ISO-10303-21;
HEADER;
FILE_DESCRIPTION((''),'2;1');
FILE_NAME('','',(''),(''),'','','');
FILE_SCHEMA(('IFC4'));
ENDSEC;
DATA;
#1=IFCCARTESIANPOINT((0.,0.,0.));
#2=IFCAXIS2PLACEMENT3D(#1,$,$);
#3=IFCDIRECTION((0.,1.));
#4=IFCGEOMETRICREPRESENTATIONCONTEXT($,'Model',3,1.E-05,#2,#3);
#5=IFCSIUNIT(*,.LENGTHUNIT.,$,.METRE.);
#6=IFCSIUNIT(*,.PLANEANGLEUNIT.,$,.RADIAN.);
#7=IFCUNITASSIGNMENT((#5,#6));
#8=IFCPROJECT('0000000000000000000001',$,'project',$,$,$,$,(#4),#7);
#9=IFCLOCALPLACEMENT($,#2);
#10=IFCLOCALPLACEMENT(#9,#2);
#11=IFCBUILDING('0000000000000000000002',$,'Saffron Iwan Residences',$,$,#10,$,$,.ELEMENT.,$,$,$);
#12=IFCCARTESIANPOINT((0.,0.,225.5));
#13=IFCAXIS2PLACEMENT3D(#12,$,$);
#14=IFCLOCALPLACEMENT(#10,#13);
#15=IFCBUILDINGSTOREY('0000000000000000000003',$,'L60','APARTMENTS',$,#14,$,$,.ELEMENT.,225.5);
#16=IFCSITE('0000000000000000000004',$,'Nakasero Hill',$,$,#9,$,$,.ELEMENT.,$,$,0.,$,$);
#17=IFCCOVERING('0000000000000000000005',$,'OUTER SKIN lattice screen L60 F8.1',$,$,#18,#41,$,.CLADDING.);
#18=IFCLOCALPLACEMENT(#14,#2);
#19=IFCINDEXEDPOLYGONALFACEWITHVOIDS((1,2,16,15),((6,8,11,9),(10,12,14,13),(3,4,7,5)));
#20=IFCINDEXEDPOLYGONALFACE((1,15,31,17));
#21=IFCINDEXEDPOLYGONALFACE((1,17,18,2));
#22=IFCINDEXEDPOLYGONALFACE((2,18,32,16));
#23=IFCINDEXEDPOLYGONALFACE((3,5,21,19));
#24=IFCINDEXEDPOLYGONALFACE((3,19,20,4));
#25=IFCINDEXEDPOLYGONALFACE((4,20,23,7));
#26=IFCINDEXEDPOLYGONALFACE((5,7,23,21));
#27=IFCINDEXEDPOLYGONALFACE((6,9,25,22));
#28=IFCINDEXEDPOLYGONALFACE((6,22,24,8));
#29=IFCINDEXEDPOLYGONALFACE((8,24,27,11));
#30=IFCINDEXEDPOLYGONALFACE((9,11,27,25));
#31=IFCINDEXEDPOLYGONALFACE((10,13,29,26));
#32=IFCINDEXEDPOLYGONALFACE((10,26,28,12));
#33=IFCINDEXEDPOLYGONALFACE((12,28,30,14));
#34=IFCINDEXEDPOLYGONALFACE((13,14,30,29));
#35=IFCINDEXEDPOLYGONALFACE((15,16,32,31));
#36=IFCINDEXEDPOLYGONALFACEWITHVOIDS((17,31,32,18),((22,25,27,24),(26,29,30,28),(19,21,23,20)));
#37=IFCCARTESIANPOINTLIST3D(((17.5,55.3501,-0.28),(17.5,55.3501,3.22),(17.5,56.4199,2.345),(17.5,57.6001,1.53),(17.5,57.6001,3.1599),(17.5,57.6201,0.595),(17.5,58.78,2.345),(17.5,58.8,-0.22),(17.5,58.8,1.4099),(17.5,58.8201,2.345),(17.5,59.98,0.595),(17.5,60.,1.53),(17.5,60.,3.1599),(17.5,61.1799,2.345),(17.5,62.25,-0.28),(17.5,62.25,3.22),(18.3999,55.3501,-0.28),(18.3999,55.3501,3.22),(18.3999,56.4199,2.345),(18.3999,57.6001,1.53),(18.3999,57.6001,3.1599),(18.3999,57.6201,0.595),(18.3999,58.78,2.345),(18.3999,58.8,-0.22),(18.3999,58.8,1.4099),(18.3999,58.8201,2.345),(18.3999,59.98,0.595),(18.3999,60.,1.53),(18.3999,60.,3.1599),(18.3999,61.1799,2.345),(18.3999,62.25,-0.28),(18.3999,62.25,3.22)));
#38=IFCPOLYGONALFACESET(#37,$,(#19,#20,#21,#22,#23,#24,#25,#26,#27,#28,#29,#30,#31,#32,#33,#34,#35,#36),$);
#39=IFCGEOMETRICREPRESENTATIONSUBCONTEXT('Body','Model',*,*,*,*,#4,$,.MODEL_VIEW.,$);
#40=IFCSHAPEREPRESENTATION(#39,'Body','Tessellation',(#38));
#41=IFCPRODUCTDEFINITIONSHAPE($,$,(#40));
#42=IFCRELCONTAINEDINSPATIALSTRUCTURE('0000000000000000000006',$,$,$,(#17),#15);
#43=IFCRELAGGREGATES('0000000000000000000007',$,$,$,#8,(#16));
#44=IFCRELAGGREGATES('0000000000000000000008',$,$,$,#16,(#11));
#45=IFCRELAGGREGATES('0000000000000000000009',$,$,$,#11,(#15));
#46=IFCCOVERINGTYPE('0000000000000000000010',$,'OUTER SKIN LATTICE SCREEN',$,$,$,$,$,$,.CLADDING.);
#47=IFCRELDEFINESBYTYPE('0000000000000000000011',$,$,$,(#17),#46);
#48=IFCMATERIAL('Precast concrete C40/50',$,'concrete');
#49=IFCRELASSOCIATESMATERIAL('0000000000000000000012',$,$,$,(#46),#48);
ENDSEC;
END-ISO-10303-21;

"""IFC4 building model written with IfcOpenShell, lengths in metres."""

from ifc_helpers import new_model, si_unit, direction, frame, origin, place, context, subcontext, project, spatial, polyline, outline, extrude, material, type_object, element, save


model = new_model("IFC4")

# Units and contexts
model_context = context("Model", 3, precision=1e-05, world=origin(), true_north=direction((0.0, 1.0)))
body_context = subcontext(model_context, "Body", "Model", "MODEL_VIEW")
ifc_project = project(units=[si_unit("LENGTHUNIT", "METRE"), si_unit("PLANEANGLEUNIT", "RADIAN")], contexts=[model_context])

# Site, building, storey
site_placement = place(None, origin())
site = spatial("IfcSite", under=ifc_project, at=site_placement, Name="Nakasero Hill", CompositionType="ELEMENT", RefElevation=0.0)
building_placement = place(site_placement, origin())
building = spatial("IfcBuilding", under=site, at=building_placement, Name="Saffron Iwan Residences", CompositionType="ELEMENT")
storey_placement = place(building_placement, frame((0.0, 0.0, 225.5)))
storey = spatial("IfcBuildingStorey", under=building, at=storey_placement, Name="L60", Description="APARTMENTS", CompositionType="ELEMENT", Elevation=225.5)

# Covering
ifc_material_1 = material(Name="Precast concrete C40/50", Category="concrete")
covering_type = type_object("IfcCoveringType", Name="OUTER SKIN LATTICE SCREEN", PredefinedType="CLADDING", material=ifc_material_1)
covering_placement = place(storey_placement, frame((18.3999, 62.25, -0.28), z_axis=(-1.0, 0.0, 0.0), x_axis=(0.0, -1.0, 0.0)))
element("IfcCovering", 1, at=covering_placement, inside=storey, type_object=covering_type, Name="OUTER SKIN lattice screen L60 F8.1", PredefinedType="CLADDING", context=body_context, shape_type="SweptSolid", body=[
    extrude(outline(polyline([(0.0, 0.0), (6.8999, 0.0), (6.8999, 3.5), (0.0, 3.5), (0.0, 0.0)]), holes=[polyline([(2.27, 0.875), (3.45, 0.0601), (4.6299, 0.875), (3.45, 1.6899), (2.27, 0.875)]), polyline([(1.0701, 2.625), (2.25, 1.8101), (3.4299, 2.625), (2.25, 3.4399), (1.0701, 2.625)]), polyline([(3.47, 2.625), (4.6499, 1.8101), (5.8301, 2.625), (4.6499, 3.4399), (3.47, 2.625)])]), origin(), (0.0, 0.0, 1.0), 0.8999),
])

save(model, "model.ifc")
